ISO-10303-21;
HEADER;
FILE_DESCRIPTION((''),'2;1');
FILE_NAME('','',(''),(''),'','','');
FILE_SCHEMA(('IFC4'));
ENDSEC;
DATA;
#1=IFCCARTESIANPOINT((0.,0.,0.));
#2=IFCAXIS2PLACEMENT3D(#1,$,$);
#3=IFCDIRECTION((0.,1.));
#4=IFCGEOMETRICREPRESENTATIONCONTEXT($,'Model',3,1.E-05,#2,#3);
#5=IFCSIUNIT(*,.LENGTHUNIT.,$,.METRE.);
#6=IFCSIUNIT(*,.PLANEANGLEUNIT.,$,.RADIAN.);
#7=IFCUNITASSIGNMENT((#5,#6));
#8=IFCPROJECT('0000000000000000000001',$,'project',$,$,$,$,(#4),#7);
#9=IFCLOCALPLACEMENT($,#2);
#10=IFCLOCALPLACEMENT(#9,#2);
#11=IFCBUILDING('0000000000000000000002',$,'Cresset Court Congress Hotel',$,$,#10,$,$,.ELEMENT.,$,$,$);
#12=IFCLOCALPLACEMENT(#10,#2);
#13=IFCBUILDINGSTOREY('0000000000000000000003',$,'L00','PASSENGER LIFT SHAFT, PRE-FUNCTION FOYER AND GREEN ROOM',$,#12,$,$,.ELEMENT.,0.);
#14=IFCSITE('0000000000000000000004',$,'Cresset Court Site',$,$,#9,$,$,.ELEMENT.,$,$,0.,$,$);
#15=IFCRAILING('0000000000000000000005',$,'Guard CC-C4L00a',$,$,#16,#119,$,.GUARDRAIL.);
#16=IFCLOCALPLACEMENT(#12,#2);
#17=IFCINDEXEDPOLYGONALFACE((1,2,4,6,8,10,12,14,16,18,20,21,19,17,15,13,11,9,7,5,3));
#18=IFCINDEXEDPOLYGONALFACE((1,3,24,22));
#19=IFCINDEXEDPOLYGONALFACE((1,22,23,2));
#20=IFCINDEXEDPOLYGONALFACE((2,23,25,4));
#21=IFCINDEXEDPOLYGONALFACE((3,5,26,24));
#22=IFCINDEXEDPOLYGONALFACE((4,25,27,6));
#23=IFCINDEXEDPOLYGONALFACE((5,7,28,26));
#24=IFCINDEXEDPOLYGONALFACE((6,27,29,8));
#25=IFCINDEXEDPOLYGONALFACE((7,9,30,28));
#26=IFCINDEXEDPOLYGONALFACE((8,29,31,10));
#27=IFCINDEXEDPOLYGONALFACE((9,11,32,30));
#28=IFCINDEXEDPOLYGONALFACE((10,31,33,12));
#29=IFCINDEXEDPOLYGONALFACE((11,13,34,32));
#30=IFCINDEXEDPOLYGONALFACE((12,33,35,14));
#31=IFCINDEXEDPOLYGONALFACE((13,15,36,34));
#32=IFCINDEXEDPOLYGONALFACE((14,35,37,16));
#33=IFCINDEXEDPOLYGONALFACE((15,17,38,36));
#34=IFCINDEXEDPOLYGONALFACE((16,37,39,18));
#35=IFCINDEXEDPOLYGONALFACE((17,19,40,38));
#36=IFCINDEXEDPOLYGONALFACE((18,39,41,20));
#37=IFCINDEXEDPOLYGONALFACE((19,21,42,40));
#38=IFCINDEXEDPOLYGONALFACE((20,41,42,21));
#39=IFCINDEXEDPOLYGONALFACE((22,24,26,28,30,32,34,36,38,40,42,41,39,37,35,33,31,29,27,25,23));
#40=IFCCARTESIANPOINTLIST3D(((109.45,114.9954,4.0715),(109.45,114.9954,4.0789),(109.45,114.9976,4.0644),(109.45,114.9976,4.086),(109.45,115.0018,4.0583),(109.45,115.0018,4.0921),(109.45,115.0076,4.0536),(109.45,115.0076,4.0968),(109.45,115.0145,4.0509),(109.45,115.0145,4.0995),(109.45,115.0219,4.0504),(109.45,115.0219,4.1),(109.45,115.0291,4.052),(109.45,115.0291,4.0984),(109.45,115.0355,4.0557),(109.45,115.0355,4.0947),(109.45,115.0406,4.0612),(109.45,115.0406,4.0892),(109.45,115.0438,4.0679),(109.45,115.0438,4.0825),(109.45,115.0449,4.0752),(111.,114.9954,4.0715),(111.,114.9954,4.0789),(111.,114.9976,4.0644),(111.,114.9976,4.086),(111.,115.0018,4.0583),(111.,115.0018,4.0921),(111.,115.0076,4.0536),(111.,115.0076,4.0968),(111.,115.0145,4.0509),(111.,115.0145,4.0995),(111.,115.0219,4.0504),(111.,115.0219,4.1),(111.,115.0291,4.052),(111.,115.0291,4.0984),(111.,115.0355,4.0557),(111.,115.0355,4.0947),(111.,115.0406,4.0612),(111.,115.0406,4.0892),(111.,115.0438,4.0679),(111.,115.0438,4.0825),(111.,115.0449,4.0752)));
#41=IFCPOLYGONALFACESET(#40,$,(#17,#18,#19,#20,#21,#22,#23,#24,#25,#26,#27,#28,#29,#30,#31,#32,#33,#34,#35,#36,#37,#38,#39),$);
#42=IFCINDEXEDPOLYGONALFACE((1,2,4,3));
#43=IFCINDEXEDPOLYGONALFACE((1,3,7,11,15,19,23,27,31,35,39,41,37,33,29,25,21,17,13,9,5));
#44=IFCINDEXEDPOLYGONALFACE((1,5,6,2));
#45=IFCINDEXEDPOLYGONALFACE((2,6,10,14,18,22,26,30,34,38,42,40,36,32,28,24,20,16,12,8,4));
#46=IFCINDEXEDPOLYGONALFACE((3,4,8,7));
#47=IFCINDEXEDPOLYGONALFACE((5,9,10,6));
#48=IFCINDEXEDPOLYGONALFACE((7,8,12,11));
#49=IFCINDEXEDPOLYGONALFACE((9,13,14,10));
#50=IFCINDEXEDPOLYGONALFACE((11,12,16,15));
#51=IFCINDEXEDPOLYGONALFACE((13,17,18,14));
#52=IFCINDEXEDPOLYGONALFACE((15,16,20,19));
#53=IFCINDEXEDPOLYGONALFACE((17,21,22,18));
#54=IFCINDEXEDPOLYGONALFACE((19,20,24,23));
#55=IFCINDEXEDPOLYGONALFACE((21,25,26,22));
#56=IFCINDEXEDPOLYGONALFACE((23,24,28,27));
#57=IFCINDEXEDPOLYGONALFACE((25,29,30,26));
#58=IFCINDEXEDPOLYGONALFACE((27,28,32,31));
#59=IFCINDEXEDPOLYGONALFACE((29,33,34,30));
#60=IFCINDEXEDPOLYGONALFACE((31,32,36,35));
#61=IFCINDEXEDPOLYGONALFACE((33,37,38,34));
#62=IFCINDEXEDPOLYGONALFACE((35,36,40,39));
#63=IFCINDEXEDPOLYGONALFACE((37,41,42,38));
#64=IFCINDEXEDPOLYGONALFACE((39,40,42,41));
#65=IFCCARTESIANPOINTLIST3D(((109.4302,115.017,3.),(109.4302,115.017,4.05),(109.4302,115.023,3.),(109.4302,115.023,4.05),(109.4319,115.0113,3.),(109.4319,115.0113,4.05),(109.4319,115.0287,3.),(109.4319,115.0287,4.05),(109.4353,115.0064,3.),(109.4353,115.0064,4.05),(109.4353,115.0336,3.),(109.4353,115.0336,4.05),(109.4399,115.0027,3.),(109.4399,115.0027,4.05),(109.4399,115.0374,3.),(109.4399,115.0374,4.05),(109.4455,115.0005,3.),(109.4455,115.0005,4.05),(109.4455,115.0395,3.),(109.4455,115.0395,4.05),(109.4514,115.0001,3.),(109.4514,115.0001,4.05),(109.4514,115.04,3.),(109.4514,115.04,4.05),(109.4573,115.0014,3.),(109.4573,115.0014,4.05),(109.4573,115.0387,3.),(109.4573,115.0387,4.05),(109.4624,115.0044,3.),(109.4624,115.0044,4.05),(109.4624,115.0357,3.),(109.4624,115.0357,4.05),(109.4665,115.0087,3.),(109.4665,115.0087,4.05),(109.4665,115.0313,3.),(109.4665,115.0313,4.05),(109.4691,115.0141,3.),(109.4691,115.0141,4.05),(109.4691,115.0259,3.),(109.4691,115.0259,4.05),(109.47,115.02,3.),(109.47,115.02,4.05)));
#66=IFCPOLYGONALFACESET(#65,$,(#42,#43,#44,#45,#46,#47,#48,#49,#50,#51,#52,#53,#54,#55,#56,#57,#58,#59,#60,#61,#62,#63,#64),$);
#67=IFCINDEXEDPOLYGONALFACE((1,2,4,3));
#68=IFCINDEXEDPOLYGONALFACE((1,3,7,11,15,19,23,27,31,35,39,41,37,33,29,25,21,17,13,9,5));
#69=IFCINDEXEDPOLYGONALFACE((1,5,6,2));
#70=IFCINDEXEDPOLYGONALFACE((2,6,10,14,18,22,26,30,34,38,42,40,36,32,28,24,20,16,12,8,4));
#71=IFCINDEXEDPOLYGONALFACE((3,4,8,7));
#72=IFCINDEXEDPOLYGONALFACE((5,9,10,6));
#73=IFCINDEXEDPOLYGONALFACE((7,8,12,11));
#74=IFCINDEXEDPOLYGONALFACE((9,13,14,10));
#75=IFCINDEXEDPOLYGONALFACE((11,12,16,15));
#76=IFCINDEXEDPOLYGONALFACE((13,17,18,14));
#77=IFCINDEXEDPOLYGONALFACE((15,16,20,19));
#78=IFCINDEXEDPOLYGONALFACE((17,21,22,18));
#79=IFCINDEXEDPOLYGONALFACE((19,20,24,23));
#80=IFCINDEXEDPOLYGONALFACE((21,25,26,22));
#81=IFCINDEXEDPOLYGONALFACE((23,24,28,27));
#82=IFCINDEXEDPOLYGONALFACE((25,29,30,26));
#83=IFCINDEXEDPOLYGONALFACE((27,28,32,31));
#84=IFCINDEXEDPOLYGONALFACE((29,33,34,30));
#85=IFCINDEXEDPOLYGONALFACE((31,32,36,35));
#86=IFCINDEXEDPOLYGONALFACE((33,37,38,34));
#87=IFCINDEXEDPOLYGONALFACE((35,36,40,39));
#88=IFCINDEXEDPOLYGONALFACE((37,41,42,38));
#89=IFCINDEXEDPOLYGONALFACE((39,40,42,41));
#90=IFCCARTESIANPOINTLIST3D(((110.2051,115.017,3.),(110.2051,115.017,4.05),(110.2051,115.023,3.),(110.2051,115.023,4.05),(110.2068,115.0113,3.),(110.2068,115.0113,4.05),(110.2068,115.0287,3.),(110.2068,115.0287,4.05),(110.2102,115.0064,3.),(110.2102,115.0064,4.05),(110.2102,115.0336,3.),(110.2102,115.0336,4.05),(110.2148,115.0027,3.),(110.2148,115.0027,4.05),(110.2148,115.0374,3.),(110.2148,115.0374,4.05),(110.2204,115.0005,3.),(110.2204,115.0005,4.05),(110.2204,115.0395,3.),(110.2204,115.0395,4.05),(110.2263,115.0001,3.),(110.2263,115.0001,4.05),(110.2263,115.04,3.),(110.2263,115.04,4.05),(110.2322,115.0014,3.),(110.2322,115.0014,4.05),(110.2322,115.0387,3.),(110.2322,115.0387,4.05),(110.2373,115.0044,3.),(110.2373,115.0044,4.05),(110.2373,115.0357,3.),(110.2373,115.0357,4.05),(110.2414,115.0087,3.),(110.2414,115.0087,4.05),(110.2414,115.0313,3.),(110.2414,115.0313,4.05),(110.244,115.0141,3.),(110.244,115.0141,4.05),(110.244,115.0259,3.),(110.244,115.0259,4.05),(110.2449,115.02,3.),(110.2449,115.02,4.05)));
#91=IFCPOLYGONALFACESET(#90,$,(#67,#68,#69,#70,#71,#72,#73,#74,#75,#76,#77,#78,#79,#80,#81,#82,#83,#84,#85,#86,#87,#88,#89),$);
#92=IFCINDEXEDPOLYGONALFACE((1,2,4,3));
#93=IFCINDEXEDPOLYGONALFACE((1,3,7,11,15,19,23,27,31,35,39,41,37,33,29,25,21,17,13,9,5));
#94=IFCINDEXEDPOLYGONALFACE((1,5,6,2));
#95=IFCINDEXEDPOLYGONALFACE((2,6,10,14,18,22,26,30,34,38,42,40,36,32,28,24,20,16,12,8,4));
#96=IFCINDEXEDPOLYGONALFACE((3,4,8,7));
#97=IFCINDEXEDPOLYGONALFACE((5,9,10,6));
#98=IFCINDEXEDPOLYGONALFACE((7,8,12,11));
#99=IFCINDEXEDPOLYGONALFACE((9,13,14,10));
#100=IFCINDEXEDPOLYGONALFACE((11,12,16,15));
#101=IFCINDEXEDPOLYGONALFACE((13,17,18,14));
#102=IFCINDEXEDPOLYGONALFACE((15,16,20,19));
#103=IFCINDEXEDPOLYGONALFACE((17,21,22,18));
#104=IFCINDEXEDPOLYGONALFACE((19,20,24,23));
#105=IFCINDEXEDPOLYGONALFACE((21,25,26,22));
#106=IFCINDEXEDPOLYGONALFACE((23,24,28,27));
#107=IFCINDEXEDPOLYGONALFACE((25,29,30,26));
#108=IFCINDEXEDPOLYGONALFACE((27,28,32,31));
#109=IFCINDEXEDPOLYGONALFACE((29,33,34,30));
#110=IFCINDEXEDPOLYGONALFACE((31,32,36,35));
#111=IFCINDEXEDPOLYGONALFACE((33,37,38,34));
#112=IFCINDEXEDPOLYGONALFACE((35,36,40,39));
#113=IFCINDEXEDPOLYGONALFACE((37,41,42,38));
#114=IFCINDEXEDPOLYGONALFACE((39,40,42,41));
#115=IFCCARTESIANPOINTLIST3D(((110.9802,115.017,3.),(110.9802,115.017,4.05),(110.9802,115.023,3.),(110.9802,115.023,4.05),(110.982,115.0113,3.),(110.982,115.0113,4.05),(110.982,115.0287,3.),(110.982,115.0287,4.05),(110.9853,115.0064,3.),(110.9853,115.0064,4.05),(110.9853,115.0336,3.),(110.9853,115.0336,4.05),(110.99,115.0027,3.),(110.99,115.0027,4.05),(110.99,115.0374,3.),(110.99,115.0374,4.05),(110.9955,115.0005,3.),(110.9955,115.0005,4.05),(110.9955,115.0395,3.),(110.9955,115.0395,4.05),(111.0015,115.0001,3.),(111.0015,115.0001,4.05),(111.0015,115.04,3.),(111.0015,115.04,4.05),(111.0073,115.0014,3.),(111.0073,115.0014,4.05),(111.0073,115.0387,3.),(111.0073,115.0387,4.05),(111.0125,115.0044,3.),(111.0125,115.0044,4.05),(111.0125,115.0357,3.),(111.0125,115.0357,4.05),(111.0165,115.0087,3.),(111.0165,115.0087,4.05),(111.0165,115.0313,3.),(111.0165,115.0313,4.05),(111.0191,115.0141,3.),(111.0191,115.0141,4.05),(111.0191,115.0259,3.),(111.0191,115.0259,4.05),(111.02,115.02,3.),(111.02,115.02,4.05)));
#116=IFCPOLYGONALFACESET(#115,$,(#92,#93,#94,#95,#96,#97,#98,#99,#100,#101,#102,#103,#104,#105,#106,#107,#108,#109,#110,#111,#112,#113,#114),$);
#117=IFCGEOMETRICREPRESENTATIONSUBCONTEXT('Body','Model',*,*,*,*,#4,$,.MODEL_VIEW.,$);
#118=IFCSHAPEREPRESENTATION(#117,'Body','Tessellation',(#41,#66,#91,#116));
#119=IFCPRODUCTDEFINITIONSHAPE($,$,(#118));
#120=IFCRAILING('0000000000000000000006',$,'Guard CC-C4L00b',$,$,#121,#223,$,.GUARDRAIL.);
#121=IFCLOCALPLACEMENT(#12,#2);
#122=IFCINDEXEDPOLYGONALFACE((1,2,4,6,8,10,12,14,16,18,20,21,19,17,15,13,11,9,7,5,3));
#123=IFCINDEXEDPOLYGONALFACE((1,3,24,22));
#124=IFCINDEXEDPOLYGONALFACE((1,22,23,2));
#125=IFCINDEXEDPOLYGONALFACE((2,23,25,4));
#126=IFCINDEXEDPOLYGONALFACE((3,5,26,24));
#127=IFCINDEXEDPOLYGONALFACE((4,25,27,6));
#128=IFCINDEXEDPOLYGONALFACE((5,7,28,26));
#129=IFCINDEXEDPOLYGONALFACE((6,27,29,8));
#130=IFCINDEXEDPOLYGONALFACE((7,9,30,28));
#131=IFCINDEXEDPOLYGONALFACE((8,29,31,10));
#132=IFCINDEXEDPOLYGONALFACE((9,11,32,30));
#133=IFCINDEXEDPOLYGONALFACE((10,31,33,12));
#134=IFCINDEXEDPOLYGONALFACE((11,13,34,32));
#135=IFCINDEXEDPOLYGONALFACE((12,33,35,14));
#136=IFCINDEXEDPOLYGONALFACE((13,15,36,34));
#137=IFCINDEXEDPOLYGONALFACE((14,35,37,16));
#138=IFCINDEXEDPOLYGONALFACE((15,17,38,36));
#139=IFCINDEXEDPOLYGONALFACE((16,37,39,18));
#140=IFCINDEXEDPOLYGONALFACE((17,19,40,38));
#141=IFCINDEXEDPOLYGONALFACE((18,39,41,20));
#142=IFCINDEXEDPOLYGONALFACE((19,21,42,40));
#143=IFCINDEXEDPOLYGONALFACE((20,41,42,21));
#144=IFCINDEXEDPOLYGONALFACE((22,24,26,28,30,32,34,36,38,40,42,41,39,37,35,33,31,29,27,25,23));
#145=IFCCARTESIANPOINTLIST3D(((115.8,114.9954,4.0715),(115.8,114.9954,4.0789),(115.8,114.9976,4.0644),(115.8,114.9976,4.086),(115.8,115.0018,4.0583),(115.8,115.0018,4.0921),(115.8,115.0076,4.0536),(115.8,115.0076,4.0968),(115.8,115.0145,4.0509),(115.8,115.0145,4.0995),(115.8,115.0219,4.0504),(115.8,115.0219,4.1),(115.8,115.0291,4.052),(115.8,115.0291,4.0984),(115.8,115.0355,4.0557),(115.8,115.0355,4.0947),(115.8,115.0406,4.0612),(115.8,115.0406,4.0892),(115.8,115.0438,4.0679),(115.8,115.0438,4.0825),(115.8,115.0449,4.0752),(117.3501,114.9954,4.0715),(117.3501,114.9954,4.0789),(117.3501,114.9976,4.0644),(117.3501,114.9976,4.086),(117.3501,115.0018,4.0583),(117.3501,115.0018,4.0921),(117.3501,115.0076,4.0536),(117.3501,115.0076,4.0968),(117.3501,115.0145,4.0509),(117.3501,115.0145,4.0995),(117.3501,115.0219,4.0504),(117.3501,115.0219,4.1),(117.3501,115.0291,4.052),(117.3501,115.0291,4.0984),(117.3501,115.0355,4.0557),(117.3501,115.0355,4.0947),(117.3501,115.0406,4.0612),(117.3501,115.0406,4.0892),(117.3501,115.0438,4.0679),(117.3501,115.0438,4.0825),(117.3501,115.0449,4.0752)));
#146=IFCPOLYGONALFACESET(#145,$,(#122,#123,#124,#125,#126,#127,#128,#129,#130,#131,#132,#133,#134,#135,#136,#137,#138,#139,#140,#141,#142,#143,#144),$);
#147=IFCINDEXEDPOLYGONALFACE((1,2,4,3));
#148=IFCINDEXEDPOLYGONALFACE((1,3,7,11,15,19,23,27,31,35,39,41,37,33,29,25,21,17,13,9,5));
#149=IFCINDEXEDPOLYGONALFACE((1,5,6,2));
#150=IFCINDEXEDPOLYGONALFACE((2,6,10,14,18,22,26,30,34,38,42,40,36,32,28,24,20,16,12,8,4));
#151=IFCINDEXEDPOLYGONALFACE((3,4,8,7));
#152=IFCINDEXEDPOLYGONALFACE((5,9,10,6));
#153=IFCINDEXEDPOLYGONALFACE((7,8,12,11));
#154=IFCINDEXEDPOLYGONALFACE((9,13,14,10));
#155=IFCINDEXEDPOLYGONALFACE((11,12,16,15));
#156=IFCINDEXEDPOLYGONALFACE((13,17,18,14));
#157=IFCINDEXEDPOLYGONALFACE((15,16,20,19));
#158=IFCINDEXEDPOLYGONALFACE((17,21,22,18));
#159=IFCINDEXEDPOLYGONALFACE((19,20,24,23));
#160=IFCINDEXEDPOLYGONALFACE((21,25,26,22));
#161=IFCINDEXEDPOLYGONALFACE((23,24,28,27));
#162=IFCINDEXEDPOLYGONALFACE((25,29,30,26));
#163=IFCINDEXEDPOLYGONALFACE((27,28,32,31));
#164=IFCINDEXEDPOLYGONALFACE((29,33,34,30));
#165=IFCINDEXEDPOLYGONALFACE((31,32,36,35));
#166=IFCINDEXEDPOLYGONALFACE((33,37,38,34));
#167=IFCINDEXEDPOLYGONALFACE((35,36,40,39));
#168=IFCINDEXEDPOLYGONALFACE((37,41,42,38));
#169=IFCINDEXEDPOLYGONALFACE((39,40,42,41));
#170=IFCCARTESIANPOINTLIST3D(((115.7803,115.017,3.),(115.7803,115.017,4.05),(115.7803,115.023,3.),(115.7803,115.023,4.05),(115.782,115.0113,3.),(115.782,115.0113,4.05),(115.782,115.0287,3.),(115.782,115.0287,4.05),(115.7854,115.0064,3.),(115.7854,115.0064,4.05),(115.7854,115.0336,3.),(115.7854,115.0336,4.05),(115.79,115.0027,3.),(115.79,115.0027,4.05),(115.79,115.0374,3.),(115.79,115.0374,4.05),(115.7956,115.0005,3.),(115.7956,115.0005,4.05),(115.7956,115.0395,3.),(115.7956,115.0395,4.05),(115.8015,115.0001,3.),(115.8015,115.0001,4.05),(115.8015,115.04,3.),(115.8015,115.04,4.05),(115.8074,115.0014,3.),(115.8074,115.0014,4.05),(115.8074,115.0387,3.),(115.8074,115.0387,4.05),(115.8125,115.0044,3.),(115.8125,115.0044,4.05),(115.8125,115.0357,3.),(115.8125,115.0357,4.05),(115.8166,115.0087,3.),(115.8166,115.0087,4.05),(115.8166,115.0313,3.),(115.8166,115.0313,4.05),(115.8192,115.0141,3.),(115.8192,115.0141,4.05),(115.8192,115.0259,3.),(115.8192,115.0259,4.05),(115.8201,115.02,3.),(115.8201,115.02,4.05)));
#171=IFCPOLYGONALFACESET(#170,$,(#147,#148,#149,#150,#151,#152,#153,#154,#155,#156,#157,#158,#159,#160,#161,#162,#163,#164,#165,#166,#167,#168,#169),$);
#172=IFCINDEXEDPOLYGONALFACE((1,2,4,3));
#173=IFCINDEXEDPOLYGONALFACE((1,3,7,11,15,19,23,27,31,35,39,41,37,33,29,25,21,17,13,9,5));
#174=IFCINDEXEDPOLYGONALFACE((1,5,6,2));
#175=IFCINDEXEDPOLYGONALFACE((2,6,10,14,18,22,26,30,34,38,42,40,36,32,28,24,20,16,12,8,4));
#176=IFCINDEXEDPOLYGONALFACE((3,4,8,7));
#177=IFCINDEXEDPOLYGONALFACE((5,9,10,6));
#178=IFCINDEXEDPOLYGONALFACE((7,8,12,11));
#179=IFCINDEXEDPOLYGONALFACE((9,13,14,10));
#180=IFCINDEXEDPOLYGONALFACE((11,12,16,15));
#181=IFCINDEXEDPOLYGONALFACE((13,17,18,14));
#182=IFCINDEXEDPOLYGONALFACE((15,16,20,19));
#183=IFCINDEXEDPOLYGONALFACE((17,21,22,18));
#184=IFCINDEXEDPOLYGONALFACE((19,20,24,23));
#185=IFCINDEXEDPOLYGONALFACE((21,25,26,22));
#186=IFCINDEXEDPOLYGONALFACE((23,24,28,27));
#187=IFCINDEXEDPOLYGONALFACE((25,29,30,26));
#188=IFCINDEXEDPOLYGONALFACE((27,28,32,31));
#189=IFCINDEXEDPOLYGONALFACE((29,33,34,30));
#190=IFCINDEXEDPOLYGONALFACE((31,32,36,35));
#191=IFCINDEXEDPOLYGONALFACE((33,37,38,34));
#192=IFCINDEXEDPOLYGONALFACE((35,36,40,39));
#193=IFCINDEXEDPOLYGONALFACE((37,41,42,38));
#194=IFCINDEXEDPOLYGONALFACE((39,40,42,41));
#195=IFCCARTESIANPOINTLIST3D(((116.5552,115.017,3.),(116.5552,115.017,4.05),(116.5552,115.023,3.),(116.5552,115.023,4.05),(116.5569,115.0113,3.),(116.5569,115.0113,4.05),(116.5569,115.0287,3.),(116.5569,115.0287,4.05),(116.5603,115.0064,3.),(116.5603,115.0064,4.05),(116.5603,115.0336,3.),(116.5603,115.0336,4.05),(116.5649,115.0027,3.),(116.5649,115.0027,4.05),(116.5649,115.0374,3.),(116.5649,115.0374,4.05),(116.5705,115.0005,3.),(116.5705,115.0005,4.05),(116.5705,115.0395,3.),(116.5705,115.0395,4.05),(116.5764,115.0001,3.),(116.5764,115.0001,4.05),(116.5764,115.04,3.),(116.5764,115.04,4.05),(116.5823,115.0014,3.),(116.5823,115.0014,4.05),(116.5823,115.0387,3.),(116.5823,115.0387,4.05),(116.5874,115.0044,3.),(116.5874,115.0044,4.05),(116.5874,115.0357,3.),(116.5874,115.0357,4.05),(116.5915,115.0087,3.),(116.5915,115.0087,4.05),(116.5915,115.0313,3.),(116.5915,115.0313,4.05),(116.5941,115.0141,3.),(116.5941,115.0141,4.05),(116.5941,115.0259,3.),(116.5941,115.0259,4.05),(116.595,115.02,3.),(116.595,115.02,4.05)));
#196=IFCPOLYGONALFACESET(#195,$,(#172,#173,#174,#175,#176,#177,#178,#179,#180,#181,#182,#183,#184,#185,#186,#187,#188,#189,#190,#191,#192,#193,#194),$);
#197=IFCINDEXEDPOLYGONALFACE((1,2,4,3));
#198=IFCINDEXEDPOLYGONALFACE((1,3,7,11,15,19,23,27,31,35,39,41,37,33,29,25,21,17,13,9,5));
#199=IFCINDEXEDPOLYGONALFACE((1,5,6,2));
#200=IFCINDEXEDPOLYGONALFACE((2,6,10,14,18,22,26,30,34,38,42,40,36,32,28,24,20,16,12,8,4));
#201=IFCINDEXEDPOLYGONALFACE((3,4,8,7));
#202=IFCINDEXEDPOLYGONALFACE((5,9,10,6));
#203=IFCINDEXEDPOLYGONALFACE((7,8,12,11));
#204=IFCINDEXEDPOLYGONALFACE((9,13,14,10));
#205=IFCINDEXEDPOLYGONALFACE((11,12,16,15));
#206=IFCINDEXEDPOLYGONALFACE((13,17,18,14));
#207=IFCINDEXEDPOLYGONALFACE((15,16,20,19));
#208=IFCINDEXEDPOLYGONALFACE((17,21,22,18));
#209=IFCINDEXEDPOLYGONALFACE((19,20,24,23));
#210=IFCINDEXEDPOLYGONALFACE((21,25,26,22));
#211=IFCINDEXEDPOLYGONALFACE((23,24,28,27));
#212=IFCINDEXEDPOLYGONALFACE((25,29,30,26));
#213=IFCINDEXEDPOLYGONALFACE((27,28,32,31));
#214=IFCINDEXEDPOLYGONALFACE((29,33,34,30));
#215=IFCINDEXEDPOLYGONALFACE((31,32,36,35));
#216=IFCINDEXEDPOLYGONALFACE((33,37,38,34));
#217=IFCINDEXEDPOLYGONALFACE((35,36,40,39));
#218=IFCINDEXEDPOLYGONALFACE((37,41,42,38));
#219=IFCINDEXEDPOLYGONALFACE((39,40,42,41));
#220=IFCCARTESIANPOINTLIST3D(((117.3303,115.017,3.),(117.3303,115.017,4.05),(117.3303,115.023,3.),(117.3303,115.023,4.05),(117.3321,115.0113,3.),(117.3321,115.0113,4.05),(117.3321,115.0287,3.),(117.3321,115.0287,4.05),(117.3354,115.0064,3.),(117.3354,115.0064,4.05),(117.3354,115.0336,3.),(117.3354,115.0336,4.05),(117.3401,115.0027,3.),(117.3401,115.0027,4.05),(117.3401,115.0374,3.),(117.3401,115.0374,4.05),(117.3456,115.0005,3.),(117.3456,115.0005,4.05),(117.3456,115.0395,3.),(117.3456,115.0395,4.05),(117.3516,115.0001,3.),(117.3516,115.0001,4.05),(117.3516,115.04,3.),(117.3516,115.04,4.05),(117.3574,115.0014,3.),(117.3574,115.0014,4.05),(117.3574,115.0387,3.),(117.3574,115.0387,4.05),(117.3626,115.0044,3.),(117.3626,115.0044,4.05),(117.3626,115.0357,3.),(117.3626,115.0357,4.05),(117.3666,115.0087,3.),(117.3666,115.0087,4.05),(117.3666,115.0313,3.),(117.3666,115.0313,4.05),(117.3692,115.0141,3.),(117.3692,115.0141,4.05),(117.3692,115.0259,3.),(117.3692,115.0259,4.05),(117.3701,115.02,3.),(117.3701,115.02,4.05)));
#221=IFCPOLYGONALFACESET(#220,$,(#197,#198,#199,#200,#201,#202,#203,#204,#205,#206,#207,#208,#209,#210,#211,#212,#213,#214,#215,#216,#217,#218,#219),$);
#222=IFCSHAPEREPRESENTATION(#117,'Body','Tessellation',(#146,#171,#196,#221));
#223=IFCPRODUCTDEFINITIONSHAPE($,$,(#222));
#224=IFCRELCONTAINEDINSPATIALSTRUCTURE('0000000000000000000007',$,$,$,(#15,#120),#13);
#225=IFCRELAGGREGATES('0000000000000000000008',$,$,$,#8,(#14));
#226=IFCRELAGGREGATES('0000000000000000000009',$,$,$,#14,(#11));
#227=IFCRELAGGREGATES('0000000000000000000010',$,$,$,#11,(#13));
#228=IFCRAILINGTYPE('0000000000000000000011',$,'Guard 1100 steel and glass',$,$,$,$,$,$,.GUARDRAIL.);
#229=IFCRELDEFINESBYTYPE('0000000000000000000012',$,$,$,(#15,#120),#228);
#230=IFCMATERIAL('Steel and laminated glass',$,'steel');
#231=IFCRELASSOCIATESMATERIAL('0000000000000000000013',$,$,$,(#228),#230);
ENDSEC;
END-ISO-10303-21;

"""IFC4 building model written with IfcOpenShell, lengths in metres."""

from ifc_helpers import new_model, si_unit, direction, frame, origin, origin_2d, place, context, subcontext, project, spatial, circle, extrude, material, type_object, element, save


model = new_model("IFC4")

# Units and contexts
model_context = context("Model", 3, precision=1e-05, world=origin(), true_north=direction((0.0, 1.0)))
body_context = subcontext(model_context, "Body", "Model", "MODEL_VIEW")
ifc_project = project(units=[si_unit("LENGTHUNIT", "METRE"), si_unit("PLANEANGLEUNIT", "RADIAN")], contexts=[model_context])

# Site, building, storey
site_placement = place(None, origin())
site = spatial("IfcSite", under=ifc_project, at=site_placement, Name="Cresset Court Site", CompositionType="ELEMENT", RefElevation=0.0)
building_placement = place(site_placement, origin())
building = spatial("IfcBuilding", under=site, at=building_placement, Name="Cresset Court Congress Hotel", CompositionType="ELEMENT")
storey_placement = place(building_placement, origin())
storey = spatial("IfcBuildingStorey", under=building, at=storey_placement, Name="L00", Description="PASSENGER LIFT SHAFT, PRE-FUNCTION FOYER AND GREEN ROOM", CompositionType="ELEMENT", Elevation=0.0)

# Railings
ifc_material_1 = material(Name="Steel and laminated glass", Category="steel")
railing_type = type_object("IfcRailingType", Name="Guard 1100 steel and glass", PredefinedType="GUARDRAIL", material=ifc_material_1)
for number, where, name in (
    (1, (109.45, 115.02, 3.0), "Guard CC-C4L00a"),
    (2, (115.8, 115.02, 3.0), "Guard CC-C4L00b"),
):
    element("IfcRailing", number, at=place(storey_placement, frame(where)), inside=storey, type_object=railing_type, Name=name, PredefinedType="GUARDRAIL", context=body_context, shape_type="SweptSolid", body=[
        extrude(circle(Radius=0.0249, at=origin_2d()), frame((0.0, 0.0, 1.0752), z_axis=(1.0, 0.0, 0.0), x_axis=(0.0, 1.0, 0.0)), (0.0, 0.0, 1.0), 1.55),
        extrude(circle(Radius=0.02, at=origin_2d()), origin(), (0.0, 0.0, 1.0), 1.05),
        extrude(circle(Radius=0.02, at=origin_2d()), frame((0.7749, 0.0, 0.0)), (0.0, 0.0, 1.0), 1.05),
        extrude(circle(Radius=0.02, at=origin_2d()), frame((1.55, 0.0, 0.0)), (0.0, 0.0, 1.0), 1.05),
    ])

save(model, "model.ifc")
